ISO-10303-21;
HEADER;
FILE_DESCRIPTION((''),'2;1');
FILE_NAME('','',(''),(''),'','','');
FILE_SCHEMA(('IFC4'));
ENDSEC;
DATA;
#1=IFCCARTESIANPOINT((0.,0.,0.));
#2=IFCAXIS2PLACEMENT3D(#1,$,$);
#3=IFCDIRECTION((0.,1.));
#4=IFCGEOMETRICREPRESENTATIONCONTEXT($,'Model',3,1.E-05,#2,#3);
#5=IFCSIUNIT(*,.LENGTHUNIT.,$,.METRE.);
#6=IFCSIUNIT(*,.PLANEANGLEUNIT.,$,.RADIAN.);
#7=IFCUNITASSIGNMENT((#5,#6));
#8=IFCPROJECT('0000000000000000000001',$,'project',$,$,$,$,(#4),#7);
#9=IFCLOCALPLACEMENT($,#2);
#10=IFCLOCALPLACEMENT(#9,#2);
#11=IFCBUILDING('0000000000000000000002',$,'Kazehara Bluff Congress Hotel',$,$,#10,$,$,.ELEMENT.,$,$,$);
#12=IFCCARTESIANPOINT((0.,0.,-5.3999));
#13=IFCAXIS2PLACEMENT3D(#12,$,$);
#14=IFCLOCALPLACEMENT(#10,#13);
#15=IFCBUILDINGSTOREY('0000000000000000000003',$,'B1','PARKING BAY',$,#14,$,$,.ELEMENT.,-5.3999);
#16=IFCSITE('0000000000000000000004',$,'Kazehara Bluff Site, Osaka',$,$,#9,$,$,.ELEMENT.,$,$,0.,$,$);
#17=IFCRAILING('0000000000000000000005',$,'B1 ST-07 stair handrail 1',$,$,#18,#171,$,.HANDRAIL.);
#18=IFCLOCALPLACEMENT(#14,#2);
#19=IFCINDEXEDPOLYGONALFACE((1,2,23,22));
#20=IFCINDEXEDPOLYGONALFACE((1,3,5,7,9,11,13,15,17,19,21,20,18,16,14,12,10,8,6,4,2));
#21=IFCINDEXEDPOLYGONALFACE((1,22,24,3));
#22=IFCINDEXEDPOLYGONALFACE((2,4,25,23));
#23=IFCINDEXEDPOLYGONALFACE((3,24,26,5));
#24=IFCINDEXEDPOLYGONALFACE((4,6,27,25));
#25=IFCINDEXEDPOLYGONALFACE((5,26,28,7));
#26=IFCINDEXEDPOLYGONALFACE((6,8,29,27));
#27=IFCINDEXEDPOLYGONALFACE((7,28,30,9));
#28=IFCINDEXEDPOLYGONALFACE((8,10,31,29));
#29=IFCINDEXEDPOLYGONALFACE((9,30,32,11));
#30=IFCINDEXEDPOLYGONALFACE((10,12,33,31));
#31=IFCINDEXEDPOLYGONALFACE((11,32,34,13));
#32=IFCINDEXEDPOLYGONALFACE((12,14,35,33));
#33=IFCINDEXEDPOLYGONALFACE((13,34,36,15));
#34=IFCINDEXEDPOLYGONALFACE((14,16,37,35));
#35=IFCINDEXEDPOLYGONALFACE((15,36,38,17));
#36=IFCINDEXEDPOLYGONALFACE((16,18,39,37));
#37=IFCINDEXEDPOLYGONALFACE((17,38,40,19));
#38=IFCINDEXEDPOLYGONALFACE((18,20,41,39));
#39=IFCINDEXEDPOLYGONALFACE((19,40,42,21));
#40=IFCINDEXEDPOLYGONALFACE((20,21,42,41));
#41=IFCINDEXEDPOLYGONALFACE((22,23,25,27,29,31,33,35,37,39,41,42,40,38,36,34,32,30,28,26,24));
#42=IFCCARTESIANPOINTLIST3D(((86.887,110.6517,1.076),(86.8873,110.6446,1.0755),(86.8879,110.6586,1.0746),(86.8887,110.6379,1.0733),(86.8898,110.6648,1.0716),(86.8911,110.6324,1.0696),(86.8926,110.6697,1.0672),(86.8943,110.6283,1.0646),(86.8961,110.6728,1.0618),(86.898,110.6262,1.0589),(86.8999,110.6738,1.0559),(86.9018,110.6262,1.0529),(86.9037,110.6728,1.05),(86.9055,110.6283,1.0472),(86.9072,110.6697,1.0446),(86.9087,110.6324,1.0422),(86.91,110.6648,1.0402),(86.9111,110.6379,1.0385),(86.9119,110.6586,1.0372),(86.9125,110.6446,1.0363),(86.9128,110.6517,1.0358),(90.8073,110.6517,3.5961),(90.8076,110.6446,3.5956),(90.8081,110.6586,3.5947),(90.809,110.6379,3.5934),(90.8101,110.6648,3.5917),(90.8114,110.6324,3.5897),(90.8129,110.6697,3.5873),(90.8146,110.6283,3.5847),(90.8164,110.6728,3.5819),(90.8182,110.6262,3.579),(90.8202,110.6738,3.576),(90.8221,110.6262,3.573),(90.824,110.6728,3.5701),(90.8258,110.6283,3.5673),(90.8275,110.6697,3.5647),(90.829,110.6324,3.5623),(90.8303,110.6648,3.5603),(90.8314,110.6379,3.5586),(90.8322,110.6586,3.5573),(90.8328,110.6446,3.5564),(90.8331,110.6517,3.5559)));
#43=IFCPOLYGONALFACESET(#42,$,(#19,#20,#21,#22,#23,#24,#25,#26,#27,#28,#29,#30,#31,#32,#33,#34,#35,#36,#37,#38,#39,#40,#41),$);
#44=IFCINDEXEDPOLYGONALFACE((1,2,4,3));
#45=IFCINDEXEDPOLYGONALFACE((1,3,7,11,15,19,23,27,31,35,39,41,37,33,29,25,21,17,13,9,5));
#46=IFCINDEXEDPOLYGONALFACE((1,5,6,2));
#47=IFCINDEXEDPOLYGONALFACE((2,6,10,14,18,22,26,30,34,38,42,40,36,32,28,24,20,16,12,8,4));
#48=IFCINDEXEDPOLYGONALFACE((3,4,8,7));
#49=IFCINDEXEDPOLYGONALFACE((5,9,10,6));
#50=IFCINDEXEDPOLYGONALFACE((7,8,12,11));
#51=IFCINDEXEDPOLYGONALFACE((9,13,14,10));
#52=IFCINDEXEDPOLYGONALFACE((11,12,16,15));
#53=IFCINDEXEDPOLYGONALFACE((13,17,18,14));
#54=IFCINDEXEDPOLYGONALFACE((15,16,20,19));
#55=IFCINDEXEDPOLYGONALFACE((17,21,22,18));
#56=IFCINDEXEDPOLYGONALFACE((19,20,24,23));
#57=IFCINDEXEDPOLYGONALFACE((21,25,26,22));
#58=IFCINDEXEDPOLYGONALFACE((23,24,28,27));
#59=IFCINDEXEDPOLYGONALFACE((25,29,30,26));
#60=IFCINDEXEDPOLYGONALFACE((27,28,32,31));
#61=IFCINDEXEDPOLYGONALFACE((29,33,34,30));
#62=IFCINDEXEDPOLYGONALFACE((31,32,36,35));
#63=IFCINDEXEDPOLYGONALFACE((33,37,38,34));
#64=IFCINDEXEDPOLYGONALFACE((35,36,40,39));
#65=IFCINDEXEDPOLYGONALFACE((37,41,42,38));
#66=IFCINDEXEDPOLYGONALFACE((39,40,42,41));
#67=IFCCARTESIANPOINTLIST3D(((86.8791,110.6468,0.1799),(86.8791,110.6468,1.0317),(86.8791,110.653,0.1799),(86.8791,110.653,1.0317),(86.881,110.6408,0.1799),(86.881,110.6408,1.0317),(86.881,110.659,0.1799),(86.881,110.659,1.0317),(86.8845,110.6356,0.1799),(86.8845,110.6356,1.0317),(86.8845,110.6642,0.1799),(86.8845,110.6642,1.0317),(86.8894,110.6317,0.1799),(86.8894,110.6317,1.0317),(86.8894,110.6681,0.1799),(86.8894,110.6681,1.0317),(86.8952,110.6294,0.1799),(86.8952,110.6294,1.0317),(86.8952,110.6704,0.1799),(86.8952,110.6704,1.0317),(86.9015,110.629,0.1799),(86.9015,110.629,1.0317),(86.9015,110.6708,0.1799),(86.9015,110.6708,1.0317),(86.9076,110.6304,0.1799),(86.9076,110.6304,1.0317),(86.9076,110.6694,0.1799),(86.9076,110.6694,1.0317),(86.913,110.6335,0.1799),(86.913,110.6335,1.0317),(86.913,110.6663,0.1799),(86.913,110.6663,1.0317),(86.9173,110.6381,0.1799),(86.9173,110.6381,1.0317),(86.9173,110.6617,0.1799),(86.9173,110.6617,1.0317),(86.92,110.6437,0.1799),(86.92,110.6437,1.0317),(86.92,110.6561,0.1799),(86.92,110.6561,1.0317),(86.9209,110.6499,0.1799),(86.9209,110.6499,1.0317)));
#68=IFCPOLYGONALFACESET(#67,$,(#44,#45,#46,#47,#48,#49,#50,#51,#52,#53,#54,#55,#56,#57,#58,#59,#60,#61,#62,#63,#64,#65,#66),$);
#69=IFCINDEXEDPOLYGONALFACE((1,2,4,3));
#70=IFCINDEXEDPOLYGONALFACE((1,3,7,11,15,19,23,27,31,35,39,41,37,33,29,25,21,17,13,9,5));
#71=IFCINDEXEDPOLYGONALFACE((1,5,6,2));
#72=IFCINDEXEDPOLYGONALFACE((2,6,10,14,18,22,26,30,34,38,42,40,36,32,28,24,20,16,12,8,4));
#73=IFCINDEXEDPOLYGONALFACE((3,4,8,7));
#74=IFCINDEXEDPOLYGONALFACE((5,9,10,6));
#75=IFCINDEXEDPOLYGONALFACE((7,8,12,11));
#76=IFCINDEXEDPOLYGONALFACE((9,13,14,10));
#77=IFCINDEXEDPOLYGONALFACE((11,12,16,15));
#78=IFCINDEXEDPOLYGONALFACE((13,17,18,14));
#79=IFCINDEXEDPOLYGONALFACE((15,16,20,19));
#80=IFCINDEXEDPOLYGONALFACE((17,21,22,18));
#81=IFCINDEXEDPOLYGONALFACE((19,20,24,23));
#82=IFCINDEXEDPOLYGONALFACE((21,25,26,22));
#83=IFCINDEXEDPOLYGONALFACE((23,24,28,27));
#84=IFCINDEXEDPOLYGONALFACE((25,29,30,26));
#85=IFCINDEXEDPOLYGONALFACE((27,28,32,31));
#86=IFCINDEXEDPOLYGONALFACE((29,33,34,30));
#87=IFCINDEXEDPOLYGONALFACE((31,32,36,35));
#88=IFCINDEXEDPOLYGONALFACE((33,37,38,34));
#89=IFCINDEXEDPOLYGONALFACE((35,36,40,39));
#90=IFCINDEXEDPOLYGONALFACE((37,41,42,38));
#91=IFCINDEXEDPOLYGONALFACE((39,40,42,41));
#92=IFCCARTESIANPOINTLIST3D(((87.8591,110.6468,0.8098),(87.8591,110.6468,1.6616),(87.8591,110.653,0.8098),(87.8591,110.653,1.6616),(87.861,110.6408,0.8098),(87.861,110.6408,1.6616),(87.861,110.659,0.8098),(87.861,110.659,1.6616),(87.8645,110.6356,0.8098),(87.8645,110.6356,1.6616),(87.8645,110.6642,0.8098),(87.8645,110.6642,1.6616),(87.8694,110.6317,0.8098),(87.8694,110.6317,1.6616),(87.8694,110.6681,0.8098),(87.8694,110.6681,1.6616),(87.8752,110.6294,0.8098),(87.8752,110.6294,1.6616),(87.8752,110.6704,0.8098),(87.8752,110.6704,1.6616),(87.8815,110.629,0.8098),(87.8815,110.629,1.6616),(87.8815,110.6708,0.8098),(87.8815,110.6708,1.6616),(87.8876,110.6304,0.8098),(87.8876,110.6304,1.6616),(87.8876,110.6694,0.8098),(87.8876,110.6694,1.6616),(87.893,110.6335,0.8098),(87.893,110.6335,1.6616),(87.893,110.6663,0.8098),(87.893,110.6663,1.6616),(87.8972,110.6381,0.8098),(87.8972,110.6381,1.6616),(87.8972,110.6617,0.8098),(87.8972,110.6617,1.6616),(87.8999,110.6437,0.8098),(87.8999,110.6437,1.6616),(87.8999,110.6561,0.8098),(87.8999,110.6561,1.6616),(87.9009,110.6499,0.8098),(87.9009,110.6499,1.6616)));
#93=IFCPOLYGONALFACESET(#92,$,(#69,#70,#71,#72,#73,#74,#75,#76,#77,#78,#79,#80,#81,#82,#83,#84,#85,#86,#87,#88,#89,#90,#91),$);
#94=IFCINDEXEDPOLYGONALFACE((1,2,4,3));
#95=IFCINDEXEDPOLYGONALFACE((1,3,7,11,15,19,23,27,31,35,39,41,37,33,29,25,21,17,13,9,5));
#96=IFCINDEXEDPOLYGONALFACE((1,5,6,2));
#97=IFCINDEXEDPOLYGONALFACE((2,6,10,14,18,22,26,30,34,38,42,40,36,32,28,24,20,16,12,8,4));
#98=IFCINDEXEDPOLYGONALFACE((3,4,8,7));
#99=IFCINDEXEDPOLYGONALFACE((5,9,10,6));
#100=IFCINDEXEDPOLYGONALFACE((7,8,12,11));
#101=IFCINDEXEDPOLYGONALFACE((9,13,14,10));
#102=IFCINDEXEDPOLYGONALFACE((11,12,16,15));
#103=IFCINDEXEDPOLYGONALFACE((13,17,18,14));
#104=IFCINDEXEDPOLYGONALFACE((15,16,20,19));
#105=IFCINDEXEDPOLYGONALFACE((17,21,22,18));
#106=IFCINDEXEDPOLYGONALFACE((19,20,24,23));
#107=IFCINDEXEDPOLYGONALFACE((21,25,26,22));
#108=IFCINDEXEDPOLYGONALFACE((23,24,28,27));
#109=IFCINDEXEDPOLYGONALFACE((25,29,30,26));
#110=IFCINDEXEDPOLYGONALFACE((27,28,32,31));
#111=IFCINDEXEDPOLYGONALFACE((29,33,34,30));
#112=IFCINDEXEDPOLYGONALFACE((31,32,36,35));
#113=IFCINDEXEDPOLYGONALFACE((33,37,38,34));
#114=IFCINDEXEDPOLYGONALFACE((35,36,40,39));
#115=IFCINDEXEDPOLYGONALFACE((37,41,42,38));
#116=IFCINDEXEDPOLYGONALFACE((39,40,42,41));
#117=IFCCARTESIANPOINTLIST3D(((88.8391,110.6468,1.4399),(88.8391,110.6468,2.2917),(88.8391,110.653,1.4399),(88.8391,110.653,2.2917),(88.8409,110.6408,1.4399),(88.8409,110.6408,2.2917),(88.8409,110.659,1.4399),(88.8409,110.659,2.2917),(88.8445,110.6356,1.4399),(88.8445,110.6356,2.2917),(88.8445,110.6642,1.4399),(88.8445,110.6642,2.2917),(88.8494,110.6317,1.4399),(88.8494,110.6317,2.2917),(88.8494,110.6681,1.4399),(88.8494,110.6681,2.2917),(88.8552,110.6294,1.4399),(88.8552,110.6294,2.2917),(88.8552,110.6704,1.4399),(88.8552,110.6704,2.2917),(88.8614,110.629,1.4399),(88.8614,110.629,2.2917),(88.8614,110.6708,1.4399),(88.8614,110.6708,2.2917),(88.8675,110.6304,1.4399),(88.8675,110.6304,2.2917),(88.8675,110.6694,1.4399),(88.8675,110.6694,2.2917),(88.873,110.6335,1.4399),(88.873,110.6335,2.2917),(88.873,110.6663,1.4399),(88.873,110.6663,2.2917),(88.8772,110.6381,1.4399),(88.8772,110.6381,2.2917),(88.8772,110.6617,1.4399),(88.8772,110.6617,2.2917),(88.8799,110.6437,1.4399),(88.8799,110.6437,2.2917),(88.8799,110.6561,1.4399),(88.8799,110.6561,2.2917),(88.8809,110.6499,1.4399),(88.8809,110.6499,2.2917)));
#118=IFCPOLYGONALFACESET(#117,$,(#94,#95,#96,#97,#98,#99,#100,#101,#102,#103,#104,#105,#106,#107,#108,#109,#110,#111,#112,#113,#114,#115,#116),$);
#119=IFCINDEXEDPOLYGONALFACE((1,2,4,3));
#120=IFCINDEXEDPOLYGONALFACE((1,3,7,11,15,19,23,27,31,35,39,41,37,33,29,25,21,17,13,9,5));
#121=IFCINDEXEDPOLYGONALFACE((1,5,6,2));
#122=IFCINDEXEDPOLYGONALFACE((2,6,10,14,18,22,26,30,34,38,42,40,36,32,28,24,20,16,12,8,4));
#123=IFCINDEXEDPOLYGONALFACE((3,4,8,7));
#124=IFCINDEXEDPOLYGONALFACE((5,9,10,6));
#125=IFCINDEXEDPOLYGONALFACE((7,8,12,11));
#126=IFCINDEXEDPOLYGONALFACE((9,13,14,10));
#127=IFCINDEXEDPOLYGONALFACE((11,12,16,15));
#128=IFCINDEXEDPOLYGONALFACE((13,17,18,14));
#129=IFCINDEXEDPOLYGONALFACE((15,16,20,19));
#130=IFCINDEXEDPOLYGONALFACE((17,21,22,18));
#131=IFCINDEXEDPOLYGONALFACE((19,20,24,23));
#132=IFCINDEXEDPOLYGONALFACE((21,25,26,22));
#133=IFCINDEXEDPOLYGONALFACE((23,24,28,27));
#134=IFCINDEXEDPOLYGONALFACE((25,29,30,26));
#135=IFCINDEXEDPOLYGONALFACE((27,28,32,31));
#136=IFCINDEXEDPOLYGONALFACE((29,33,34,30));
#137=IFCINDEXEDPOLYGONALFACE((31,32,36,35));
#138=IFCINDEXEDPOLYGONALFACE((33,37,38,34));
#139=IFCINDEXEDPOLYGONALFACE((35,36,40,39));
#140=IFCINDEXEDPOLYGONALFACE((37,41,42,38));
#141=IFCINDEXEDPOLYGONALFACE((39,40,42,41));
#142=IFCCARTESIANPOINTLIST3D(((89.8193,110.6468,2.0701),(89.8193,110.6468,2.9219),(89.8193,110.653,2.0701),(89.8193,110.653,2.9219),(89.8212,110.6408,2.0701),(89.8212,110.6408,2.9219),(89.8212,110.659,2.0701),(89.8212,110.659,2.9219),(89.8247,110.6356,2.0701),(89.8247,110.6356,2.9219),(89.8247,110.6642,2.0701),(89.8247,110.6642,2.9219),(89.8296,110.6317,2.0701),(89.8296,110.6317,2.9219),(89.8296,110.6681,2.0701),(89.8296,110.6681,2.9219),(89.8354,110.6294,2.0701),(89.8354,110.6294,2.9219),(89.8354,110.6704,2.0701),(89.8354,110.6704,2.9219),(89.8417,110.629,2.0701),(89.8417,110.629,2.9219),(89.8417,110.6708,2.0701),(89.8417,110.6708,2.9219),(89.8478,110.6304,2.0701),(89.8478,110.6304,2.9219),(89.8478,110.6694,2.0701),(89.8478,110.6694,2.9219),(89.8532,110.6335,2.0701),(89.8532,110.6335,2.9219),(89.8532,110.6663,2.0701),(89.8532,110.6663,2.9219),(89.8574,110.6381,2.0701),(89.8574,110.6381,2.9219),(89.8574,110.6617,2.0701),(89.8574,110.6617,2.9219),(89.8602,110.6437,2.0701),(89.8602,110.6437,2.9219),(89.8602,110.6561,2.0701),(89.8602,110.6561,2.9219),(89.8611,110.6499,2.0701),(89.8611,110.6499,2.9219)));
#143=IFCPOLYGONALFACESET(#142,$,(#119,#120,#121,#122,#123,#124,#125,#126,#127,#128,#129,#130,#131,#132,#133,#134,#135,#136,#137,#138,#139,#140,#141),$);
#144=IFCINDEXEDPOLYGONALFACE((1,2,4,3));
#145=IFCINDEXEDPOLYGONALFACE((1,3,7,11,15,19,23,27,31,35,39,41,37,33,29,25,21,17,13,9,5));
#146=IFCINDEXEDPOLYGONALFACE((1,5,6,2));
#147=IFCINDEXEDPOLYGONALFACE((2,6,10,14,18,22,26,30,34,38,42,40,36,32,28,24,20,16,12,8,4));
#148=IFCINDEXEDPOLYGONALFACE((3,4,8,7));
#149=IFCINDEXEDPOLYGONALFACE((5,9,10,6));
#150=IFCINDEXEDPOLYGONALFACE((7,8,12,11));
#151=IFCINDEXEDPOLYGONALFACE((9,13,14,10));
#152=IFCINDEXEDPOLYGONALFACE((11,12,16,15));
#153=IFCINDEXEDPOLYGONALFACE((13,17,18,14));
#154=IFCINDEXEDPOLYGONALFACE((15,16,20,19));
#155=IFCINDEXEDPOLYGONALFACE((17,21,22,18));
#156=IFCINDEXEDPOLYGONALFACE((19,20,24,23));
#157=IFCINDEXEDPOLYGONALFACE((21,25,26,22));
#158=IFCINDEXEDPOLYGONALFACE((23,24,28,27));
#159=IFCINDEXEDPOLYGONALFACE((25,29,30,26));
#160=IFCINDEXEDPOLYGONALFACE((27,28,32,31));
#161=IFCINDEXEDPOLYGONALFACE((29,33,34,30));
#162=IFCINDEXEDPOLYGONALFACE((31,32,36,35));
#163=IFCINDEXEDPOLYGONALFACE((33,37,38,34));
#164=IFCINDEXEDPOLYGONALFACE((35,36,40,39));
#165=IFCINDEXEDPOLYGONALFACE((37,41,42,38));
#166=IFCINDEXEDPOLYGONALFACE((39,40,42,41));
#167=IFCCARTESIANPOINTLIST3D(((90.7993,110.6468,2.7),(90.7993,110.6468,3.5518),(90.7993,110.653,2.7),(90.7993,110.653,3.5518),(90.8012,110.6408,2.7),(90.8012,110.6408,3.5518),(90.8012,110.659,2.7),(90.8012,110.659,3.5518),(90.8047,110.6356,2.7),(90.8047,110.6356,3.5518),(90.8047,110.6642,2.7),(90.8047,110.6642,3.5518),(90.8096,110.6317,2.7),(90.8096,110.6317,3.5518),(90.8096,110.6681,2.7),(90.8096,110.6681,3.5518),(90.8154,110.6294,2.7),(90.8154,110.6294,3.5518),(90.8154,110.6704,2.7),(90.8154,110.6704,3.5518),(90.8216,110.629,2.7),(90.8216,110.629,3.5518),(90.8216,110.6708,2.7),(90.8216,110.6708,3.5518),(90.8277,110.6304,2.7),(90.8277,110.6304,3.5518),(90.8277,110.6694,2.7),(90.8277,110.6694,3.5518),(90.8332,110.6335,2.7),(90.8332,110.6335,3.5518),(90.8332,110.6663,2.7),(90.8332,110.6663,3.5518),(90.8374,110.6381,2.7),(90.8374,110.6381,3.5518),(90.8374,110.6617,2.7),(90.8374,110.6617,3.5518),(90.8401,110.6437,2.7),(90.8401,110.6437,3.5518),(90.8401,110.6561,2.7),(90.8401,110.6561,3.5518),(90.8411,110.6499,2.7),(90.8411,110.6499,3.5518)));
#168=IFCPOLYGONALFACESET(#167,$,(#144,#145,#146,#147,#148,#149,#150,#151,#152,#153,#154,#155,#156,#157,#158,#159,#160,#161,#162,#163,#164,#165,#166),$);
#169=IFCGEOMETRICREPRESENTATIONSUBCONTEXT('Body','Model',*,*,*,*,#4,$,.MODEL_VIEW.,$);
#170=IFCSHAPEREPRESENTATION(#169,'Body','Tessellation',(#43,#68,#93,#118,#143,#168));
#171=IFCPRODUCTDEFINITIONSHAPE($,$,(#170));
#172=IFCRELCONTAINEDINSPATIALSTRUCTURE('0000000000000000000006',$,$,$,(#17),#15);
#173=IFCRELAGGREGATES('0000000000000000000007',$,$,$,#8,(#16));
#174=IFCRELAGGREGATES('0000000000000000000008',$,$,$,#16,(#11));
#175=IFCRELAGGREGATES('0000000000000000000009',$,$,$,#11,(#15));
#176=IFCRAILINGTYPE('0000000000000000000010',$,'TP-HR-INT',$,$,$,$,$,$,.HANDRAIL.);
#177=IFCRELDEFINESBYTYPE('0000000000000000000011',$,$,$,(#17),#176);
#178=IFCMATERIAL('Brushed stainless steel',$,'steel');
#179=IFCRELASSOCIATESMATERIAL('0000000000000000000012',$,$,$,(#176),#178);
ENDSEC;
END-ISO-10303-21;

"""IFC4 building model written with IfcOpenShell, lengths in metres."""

from ifc_helpers import new_model, si_unit, direction, frame, origin, origin_2d, place, context, subcontext, project, spatial, circle, extrude, material, type_object, element, save


model = new_model("IFC4")

# Units and contexts
model_context = context("Model", 3, precision=1e-05, world=origin(), true_north=direction((0.0, 1.0)))
body_context = subcontext(model_context, "Body", "Model", "MODEL_VIEW")
ifc_project = project(units=[si_unit("LENGTHUNIT", "METRE"), si_unit("PLANEANGLEUNIT", "RADIAN")], contexts=[model_context])

# Site, building, storey
site_placement = place(None, origin())
site = spatial("IfcSite", under=ifc_project, at=site_placement, Name="Kazehara Bluff Site, Osaka", CompositionType="ELEMENT", RefElevation=0.0)
building_placement = place(site_placement, origin())
building = spatial("IfcBuilding", under=site, at=building_placement, Name="Kazehara Bluff Congress Hotel", CompositionType="ELEMENT")
storey_placement = place(building_placement, frame((0.0, 0.0, -5.3999)))
storey = spatial("IfcBuildingStorey", under=building, at=storey_placement, Name="B1", Description="PARKING BAY", CompositionType="ELEMENT", Elevation=-5.3999)

# Railing
ifc_material_1 = material(Name="Brushed stainless steel", Category="steel")
railing_type_1 = type_object("IfcRailingType", Name="TP-HR-INT", PredefinedType="HANDRAIL", material=ifc_material_1)
railing_1_placement = place(storey_placement, frame((86.8999, 110.6499, 0.1799)))
element("IfcRailing", 1, at=railing_1_placement, inside=storey, type_object=railing_type_1, Name="B1 ST-07 stair handrail 1", PredefinedType="HANDRAIL", context=body_context, shape_type="SweptSolid", body=[
    extrude(circle(Radius=0.0239, at=origin_2d()), frame((0.0, 0.0, 0.876), z_axis=(0.841187, 0.0, 0.540744), x_axis=(0.0, 1.0, 0.0)), (0.0, 0.0, 1.0), 4.6604),
    extrude(circle(Radius=0.021, at=origin_2d()), origin(), (0.0, 0.0, 1.0), 0.8518),
    extrude(circle(Radius=0.021, at=origin_2d()), frame((0.98, 0.0, 0.6299)), (0.0, 0.0, 1.0), 0.8518),
    extrude(circle(Radius=0.021, at=origin_2d()), frame((1.96, 0.0, 1.26)), (0.0, 0.0, 1.0), 0.8518),
    extrude(circle(Radius=0.021, at=origin_2d()), frame((2.9402, 0.0, 1.8901)), (0.0, 0.0, 1.0), 0.8518),
    extrude(circle(Radius=0.021, at=origin_2d()), frame((3.9202, 0.0, 2.52)), (0.0, 0.0, 1.0), 0.8518),
])

save(model, "model.ifc")
